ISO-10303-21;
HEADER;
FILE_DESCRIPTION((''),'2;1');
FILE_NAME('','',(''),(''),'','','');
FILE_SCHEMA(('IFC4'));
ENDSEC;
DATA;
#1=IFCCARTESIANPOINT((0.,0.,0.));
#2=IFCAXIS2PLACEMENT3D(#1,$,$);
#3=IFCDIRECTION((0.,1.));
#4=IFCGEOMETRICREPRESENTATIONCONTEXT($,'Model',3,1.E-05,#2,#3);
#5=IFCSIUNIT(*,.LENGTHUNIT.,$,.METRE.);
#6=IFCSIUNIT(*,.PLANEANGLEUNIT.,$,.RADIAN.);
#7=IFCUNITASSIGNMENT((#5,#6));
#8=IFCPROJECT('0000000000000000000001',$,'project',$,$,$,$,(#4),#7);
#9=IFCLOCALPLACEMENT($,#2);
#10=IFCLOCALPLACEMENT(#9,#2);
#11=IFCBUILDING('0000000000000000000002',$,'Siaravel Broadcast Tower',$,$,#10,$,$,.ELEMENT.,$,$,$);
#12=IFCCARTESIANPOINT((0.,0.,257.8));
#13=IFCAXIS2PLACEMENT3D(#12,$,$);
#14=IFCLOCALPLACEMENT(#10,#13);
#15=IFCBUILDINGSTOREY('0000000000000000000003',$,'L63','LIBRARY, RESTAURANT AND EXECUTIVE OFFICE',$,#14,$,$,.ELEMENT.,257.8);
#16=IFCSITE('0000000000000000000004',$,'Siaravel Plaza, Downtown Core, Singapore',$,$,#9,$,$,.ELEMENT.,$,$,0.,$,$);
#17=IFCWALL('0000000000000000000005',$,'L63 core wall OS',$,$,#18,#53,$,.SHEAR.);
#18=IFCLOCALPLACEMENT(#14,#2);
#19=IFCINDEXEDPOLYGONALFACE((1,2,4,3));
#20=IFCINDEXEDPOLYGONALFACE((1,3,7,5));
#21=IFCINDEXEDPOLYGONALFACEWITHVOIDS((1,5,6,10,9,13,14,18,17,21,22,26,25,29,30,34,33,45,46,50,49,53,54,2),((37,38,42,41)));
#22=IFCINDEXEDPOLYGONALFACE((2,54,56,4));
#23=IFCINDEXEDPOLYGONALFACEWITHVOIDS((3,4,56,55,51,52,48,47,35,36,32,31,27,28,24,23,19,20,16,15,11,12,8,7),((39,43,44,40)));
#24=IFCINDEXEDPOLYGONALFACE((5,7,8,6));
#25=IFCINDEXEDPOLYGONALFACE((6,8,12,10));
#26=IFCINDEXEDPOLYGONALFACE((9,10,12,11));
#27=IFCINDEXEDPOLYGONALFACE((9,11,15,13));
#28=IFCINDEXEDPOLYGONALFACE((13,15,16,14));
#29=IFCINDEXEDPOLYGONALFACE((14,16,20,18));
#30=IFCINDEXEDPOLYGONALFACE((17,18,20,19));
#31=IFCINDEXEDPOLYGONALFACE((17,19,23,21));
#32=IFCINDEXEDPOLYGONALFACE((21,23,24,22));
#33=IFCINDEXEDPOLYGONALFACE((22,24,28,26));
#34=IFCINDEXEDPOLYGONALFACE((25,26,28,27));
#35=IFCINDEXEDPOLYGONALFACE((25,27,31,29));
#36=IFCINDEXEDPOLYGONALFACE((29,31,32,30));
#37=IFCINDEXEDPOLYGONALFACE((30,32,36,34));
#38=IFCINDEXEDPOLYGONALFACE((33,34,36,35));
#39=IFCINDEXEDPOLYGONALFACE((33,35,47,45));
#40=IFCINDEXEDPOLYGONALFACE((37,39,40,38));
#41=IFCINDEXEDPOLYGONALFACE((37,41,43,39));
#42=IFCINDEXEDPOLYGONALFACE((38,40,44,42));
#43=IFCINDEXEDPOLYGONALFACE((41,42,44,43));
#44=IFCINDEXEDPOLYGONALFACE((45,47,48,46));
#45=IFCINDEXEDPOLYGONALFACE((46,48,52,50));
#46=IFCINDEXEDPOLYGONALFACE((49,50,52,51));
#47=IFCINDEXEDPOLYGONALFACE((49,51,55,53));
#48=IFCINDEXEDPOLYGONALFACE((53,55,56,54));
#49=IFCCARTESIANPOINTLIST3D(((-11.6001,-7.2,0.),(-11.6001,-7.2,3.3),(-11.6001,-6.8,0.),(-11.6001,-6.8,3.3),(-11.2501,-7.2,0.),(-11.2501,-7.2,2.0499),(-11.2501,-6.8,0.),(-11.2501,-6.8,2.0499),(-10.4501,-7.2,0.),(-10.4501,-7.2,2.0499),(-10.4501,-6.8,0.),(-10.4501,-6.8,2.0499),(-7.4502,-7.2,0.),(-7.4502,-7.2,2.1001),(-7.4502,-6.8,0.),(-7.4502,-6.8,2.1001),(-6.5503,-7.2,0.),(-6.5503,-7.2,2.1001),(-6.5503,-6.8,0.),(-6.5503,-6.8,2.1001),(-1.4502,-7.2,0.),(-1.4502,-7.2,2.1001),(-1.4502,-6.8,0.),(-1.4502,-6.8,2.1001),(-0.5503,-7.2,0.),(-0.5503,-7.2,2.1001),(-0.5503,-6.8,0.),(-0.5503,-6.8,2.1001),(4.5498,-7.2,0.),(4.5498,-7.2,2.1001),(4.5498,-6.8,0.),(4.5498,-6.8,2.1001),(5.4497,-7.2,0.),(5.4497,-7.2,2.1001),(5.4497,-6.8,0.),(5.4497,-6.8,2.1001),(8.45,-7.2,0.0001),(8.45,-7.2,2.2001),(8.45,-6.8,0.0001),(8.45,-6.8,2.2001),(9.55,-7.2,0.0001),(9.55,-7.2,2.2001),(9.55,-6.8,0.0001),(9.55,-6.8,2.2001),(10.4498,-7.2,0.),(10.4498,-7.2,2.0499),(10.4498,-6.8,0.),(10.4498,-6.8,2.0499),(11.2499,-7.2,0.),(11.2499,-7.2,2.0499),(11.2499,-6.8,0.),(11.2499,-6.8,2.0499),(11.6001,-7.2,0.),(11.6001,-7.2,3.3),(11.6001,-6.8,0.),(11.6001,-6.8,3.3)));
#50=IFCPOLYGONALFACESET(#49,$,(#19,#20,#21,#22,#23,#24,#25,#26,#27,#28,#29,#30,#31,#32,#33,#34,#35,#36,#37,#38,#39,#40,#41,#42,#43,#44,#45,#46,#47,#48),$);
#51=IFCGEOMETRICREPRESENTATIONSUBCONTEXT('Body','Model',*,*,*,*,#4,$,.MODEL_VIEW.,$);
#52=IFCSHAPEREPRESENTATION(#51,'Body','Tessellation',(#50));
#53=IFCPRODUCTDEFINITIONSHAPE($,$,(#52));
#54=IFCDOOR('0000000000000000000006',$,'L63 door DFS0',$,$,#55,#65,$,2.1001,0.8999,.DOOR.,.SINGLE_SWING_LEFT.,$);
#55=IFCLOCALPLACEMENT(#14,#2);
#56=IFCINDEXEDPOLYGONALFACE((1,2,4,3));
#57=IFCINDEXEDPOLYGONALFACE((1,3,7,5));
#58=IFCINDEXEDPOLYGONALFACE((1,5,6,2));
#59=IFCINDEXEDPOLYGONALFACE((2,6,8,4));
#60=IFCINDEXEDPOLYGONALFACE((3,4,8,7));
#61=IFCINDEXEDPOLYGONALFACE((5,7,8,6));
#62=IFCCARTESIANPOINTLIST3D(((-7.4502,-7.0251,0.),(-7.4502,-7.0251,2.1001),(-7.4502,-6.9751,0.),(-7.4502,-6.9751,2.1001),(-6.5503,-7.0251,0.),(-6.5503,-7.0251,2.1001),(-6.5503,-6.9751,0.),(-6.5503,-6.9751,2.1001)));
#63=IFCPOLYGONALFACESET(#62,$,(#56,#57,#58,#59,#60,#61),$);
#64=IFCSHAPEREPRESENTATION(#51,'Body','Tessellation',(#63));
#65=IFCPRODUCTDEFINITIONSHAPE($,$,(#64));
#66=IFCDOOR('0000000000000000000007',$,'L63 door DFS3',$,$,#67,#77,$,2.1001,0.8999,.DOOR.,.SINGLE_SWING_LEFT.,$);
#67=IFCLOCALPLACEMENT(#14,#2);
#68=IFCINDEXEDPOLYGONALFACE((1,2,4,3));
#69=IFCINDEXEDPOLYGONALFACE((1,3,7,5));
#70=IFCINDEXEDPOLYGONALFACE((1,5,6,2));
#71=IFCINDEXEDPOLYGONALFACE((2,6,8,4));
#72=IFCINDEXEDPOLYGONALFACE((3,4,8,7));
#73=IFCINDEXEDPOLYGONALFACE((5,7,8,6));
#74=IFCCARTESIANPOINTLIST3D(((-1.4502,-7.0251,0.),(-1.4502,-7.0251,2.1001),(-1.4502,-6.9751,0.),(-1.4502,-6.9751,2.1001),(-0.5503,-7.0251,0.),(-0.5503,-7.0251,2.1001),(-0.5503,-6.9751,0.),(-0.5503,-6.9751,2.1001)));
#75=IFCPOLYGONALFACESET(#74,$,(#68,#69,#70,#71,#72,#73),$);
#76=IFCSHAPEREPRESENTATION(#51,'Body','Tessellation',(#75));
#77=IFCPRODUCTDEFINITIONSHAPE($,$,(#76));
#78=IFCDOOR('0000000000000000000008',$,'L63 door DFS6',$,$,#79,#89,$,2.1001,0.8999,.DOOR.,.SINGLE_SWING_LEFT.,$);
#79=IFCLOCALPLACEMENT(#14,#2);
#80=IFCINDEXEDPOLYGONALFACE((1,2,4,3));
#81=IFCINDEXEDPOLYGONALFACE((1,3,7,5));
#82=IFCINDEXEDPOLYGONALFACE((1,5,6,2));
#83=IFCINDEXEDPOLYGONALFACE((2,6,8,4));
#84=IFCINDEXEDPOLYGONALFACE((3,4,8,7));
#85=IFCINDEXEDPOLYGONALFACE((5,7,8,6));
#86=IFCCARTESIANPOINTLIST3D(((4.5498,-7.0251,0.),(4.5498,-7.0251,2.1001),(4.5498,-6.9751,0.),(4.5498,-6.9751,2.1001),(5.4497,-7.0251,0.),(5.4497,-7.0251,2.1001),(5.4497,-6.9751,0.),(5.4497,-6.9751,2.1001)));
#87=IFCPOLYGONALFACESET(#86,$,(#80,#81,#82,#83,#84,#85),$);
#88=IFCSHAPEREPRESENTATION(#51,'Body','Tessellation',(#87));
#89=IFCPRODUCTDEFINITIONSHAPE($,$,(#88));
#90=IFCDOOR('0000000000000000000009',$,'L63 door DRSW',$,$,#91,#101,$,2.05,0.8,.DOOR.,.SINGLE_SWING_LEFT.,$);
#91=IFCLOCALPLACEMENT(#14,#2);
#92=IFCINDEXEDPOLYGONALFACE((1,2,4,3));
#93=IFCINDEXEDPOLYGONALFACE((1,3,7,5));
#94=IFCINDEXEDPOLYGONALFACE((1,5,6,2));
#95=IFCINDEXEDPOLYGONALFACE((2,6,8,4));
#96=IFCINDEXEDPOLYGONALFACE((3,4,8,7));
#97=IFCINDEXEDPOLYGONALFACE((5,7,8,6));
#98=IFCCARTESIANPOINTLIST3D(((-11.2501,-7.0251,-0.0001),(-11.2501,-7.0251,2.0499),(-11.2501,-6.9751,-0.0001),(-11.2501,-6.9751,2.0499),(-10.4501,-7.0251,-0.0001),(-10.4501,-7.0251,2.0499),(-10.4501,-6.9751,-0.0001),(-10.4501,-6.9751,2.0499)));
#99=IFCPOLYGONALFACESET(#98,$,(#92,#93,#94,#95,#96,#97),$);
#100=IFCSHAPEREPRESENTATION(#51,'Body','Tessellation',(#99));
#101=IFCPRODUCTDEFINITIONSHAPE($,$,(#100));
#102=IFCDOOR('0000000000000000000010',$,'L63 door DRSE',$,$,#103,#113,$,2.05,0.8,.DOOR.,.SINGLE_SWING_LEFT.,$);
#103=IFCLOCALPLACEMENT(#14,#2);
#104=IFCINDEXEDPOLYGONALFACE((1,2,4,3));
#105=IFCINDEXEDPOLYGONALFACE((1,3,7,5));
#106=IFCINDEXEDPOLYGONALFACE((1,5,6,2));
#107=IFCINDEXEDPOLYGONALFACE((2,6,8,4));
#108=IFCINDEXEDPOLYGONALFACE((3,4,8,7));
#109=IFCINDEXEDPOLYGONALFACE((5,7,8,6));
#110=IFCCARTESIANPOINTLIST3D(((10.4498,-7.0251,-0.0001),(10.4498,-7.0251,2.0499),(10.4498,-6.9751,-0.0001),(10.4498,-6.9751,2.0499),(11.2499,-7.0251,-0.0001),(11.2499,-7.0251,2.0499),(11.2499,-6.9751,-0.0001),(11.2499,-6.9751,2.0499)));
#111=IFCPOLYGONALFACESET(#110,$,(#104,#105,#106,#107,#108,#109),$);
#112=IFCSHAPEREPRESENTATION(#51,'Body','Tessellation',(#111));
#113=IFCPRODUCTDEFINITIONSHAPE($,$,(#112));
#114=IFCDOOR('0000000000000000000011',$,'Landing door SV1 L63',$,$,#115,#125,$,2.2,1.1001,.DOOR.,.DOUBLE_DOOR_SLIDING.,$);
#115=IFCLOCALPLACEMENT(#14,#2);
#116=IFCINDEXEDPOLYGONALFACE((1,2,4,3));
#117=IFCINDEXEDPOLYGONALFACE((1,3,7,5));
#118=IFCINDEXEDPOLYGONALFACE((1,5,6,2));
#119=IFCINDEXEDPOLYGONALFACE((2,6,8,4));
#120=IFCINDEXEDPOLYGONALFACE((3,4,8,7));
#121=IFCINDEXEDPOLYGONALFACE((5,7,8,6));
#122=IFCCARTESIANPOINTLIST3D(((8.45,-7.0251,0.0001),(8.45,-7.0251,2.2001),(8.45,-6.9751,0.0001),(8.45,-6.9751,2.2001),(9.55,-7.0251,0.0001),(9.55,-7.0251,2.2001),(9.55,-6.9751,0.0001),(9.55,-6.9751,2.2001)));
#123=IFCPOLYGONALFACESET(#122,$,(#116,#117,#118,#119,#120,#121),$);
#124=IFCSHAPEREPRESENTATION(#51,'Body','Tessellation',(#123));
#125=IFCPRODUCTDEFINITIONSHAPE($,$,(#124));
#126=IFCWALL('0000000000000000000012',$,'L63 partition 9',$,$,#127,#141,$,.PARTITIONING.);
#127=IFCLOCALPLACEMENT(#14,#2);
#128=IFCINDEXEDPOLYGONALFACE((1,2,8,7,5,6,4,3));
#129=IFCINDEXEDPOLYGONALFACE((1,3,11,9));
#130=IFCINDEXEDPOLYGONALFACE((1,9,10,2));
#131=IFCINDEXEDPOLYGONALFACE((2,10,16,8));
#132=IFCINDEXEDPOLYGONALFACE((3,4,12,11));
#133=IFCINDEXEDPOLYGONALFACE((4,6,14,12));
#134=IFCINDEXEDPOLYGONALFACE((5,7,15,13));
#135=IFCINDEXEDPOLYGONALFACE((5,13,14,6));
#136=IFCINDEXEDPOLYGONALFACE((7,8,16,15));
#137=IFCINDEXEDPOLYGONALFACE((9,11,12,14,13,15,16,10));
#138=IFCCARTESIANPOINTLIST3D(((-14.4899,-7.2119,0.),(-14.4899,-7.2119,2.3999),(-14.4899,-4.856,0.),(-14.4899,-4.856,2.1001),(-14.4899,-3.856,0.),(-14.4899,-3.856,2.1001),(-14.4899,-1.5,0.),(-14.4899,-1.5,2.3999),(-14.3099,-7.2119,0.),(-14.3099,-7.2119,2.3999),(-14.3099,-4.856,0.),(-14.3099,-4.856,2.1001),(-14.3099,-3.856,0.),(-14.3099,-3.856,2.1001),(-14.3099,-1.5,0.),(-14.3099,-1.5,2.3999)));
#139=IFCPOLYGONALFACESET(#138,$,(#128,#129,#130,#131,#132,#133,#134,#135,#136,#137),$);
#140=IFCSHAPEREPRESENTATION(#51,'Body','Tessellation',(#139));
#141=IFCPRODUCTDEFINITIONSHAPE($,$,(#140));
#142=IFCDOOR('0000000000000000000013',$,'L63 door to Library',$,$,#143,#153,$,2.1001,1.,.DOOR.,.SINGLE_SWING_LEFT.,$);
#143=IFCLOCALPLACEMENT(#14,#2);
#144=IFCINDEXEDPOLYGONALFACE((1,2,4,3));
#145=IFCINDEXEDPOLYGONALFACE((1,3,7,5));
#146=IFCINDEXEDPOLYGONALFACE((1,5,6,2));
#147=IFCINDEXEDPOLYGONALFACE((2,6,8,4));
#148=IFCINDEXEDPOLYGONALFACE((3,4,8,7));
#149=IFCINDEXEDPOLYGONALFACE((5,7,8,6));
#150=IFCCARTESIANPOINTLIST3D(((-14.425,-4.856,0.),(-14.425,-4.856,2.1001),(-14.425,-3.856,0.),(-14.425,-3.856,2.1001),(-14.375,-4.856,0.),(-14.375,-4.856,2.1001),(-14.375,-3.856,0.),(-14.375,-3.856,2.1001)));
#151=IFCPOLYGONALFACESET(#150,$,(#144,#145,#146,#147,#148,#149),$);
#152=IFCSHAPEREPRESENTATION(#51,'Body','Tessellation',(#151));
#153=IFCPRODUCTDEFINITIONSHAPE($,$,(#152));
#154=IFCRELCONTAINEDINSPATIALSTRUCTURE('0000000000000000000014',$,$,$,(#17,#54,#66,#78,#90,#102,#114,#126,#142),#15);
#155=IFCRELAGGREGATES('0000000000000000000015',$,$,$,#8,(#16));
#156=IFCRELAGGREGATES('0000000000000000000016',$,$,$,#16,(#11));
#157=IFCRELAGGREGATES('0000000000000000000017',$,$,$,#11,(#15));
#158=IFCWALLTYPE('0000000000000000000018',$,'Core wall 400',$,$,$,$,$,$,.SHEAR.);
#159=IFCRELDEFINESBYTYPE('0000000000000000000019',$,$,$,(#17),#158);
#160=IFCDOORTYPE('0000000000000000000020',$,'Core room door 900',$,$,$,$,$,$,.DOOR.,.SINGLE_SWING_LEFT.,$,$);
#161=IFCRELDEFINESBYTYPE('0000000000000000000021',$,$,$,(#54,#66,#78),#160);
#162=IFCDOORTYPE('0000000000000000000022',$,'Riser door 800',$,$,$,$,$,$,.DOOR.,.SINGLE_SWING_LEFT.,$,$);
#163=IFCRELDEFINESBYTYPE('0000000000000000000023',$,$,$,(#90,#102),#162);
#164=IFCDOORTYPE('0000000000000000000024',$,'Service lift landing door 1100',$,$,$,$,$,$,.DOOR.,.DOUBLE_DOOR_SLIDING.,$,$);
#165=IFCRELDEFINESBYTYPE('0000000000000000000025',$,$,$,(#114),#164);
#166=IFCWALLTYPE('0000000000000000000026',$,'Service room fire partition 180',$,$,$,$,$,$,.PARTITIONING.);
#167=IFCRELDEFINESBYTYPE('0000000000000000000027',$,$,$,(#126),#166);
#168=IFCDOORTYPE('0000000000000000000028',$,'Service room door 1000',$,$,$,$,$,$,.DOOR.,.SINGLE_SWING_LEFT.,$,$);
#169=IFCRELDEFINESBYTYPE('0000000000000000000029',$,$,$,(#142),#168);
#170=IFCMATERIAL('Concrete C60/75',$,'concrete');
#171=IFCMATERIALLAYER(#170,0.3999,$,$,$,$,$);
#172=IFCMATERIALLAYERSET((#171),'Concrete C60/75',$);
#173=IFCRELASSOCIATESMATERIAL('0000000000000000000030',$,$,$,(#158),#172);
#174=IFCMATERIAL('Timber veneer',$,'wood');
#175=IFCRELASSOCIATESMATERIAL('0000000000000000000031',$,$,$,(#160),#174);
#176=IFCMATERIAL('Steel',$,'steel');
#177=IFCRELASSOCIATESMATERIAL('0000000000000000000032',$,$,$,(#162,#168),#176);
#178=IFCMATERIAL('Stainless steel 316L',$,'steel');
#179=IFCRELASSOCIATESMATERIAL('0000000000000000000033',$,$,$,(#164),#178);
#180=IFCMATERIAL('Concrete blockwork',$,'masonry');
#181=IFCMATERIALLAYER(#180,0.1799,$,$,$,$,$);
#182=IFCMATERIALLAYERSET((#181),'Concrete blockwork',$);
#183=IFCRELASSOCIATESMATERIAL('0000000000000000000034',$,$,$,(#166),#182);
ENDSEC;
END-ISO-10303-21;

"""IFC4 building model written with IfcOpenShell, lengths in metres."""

from ifc_helpers import new_model, si_unit, direction, frame, frame_2d, origin, place, context, subcontext, project, spatial, rectangle, extrude, material, layer, layer_set, type_object, element, fill, save


model = new_model("IFC4")

# Units and contexts
model_context = context("Model", 3, precision=1e-05, world=origin(), true_north=direction((0.0, 1.0)))
body_context = subcontext(model_context, "Body", "Model", "MODEL_VIEW")
ifc_project = project(units=[si_unit("LENGTHUNIT", "METRE"), si_unit("PLANEANGLEUNIT", "RADIAN")], contexts=[model_context])

# Site, building, storey
site_placement = place(None, origin())
site = spatial("IfcSite", under=ifc_project, at=site_placement, Name="Siaravel Plaza, Downtown Core, Singapore", CompositionType="ELEMENT", RefElevation=0.0)
building_placement = place(site_placement, origin())
building = spatial("IfcBuilding", under=site, at=building_placement, Name="Siaravel Broadcast Tower", CompositionType="ELEMENT")
storey_placement = place(building_placement, frame((0.0, 0.0, 257.8)))
storey = spatial("IfcBuildingStorey", under=building, at=storey_placement, Name="L63", Description="LIBRARY, RESTAURANT AND EXECUTIVE OFFICE", CompositionType="ELEMENT", Elevation=257.8)

# Shared definitions
ifc_material_1 = material(Name="Concrete C60/75", Category="concrete")
ifc_layer_1 = layer(ifc_material_1, 0.3999)
ifc_layer_set_1 = layer_set([ifc_layer_1], Name="Concrete C60/75")
wall_type_1 = type_object("IfcWallType", Name="Core wall 400", PredefinedType="SHEAR", material=ifc_layer_set_1)
ifc_material_2 = material(Name="Steel", Category="steel")

# Wall, openings, doors
wall_1_placement = place(storey_placement, frame((-11.6001, -7.0, 0.0), z_axis=(0.0, 0.0, 1.0), x_axis=(1.0, 0.0, 0.0)))
wall_1 = element("IfcWall", 1, at=wall_1_placement, inside=storey, type_object=wall_type_1, Name="L63 core wall OS", PredefinedType="SHEAR", context=body_context, shape_type="SweptSolid", body=[
    extrude(rectangle(XDim=23.2002, YDim=0.3999, at=frame_2d((11.6001, 0.0))), origin(), (0.0, 0.0, 1.0), 3.3),
])
opening_1_placement = place(wall_1_placement, frame((20.05, 0.0, 0.0)))
opening_1 = element("IfcOpeningElement", 2, at=opening_1_placement, cuts=wall_1, PredefinedType="OPENING", context=body_context, shape_type="SweptSolid", body=[
    extrude(rectangle(XDim=1.1001, YDim=2.2, at=frame_2d((0.55, 1.1001))), frame((0.0, 0.21, 0.0), z_axis=(0.0, -1.0, 0.0), x_axis=(1.0, 0.0, 0.0)), (0.0, 0.0, 1.0), 0.4199),
])
opening_2_placement = place(wall_1_placement, frame((4.1499, 0.0, 0.0)))
opening_2 = element("IfcOpeningElement", 3, at=opening_2_placement, cuts=wall_1, PredefinedType="OPENING", context=body_context, shape_type="SweptSolid", body=[
    extrude(rectangle(XDim=0.8999, YDim=2.1001, at=frame_2d((0.45, 1.05))), frame((0.0, 0.21, 0.0), z_axis=(0.0, -1.0, 0.0), x_axis=(1.0, 0.0, 0.0)), (0.0, 0.0, 1.0), 0.4199),
])
opening_3_placement = place(wall_1_placement, frame((10.1499, 0.0, 0.0)))
opening_3 = element("IfcOpeningElement", 4, at=opening_3_placement, cuts=wall_1, PredefinedType="OPENING", context=body_context, shape_type="SweptSolid", body=[
    extrude(rectangle(XDim=0.8999, YDim=2.1001, at=frame_2d((0.45, 1.05))), frame((0.0, 0.21, 0.0), z_axis=(0.0, -1.0, 0.0), x_axis=(1.0, 0.0, 0.0)), (0.0, 0.0, 1.0), 0.4199),
])
opening_4_placement = place(wall_1_placement, frame((16.1499, 0.0, 0.0)))
opening_4 = element("IfcOpeningElement", 5, at=opening_4_placement, cuts=wall_1, PredefinedType="OPENING", context=body_context, shape_type="SweptSolid", body=[
    extrude(rectangle(XDim=0.8999, YDim=2.1001, at=frame_2d((0.45, 1.05))), frame((0.0, 0.21, 0.0), z_axis=(0.0, -1.0, 0.0), x_axis=(1.0, 0.0, 0.0)), (0.0, 0.0, 1.0), 0.4199),
])
opening_5_placement = place(wall_1_placement, frame((0.3501, 0.0, 0.0)))
opening_5 = element("IfcOpeningElement", 6, at=opening_5_placement, cuts=wall_1, PredefinedType="OPENING", context=body_context, shape_type="SweptSolid", body=[
    extrude(rectangle(XDim=0.8, YDim=2.05, at=frame_2d((0.3999, 1.0249))), frame((0.0, 0.21, 0.0), z_axis=(0.0, -1.0, 0.0), x_axis=(1.0, 0.0, 0.0)), (0.0, 0.0, 1.0), 0.4199),
])
opening_6_placement = place(wall_1_placement, frame((22.05, 0.0, 0.0)))
opening_6 = element("IfcOpeningElement", 7, at=opening_6_placement, cuts=wall_1, PredefinedType="OPENING", context=body_context, shape_type="SweptSolid", body=[
    extrude(rectangle(XDim=0.8, YDim=2.05, at=frame_2d((0.3999, 1.0249))), frame((0.0, 0.21, 0.0), z_axis=(0.0, -1.0, 0.0), x_axis=(1.0, 0.0, 0.0)), (0.0, 0.0, 1.0), 0.4199),
])
ifc_material_3 = material(Name="Timber veneer", Category="wood")
door_type_1 = type_object("IfcDoorType", Name="Core room door 900", OperationType="SINGLE_SWING_LEFT", PredefinedType="DOOR", material=ifc_material_3)
door_1_placement = place(opening_2_placement, origin())
door_1 = element("IfcDoor", 8, at=door_1_placement, inside=storey, type_object=door_type_1, Name="L63 door DFS0", OperationType="SINGLE_SWING_LEFT", OverallHeight=2.1001, OverallWidth=0.8999, PredefinedType="DOOR", context=body_context, shape_type="SweptSolid", body=[
    extrude(rectangle(XDim=0.8999, YDim=2.1001, at=frame_2d((0.45, 1.05))), frame((0.0, 0.0249, 0.0), z_axis=(0.0, -1.0, 0.0), x_axis=(1.0, 0.0, 0.0)), (0.0, 0.0, 1.0), 0.05),
])
fill(opening_2, door_1)
door_2_placement = place(opening_3_placement, origin())
door_2 = element("IfcDoor", 9, at=door_2_placement, inside=storey, type_object=door_type_1, Name="L63 door DFS3", OperationType="SINGLE_SWING_LEFT", OverallHeight=2.1001, OverallWidth=0.8999, PredefinedType="DOOR", context=body_context, shape_type="SweptSolid", body=[
    extrude(rectangle(XDim=0.8999, YDim=2.1001, at=frame_2d((0.45, 1.05))), frame((0.0, 0.0249, 0.0), z_axis=(0.0, -1.0, 0.0), x_axis=(1.0, 0.0, 0.0)), (0.0, 0.0, 1.0), 0.05),
])
fill(opening_3, door_2)
door_3_placement = place(opening_4_placement, origin())
door_3 = element("IfcDoor", 10, at=door_3_placement, inside=storey, type_object=door_type_1, Name="L63 door DFS6", OperationType="SINGLE_SWING_LEFT", OverallHeight=2.1001, OverallWidth=0.8999, PredefinedType="DOOR", context=body_context, shape_type="SweptSolid", body=[
    extrude(rectangle(XDim=0.8999, YDim=2.1001, at=frame_2d((0.45, 1.05))), frame((0.0, 0.0249, 0.0), z_axis=(0.0, -1.0, 0.0), x_axis=(1.0, 0.0, 0.0)), (0.0, 0.0, 1.0), 0.05),
])
fill(opening_4, door_3)
door_type_2 = type_object("IfcDoorType", Name="Riser door 800", OperationType="SINGLE_SWING_LEFT", PredefinedType="DOOR", material=ifc_material_2)
door_4_placement = place(opening_5_placement, origin())
door_4 = element("IfcDoor", 11, at=door_4_placement, inside=storey, type_object=door_type_2, Name="L63 door DRSW", OperationType="SINGLE_SWING_LEFT", OverallHeight=2.05, OverallWidth=0.8, PredefinedType="DOOR", context=body_context, shape_type="SweptSolid", body=[
    extrude(rectangle(XDim=0.8, YDim=2.05, at=frame_2d((0.3999, 1.0249))), frame((0.0, 0.0249, 0.0), z_axis=(0.0, -1.0, 0.0), x_axis=(1.0, 0.0, 0.0)), (0.0, 0.0, 1.0), 0.05),
])
fill(opening_5, door_4)
door_5_placement = place(opening_6_placement, origin())
door_5 = element("IfcDoor", 12, at=door_5_placement, inside=storey, type_object=door_type_2, Name="L63 door DRSE", OperationType="SINGLE_SWING_LEFT", OverallHeight=2.05, OverallWidth=0.8, PredefinedType="DOOR", context=body_context, shape_type="SweptSolid", body=[
    extrude(rectangle(XDim=0.8, YDim=2.05, at=frame_2d((0.3999, 1.0249))), frame((0.0, 0.0249, 0.0), z_axis=(0.0, -1.0, 0.0), x_axis=(1.0, 0.0, 0.0)), (0.0, 0.0, 1.0), 0.05),
])
fill(opening_6, door_5)
ifc_material_4 = material(Name="Stainless steel 316L", Category="steel")
door_type_3 = type_object("IfcDoorType", Name="Service lift landing door 1100", OperationType="DOUBLE_DOOR_SLIDING", PredefinedType="DOOR", material=ifc_material_4)
door_6_placement = place(opening_1_placement, origin())
door_6 = element("IfcDoor", 13, at=door_6_placement, inside=storey, type_object=door_type_3, Name="Landing door SV1 L63", OperationType="DOUBLE_DOOR_SLIDING", OverallHeight=2.2, OverallWidth=1.1001, PredefinedType="DOOR", context=body_context, shape_type="SweptSolid", body=[
    extrude(rectangle(XDim=1.1001, YDim=2.2, at=frame_2d((0.55, 1.1001))), frame((0.0, 0.0249, 0.0), z_axis=(0.0, -1.0, 0.0), x_axis=(1.0, 0.0, 0.0)), (0.0, 0.0, 1.0), 0.05),
])
fill(opening_1, door_6)

# Wall, opening, door
ifc_material_5 = material(Name="Concrete blockwork", Category="masonry")
ifc_layer_2 = layer(ifc_material_5, 0.1799)
ifc_layer_set_2 = layer_set([ifc_layer_2], Name="Concrete blockwork")
wall_type_2 = type_object("IfcWallType", Name="Service room fire partition 180", PredefinedType="PARTITIONING", material=ifc_layer_set_2)
wall_2_placement = place(storey_placement, frame((-14.3999, -1.5, 0.0), z_axis=(0.0, 0.0, 1.0), x_axis=(0.0, -1.0, 0.0)))
wall_2 = element("IfcWall", 14, at=wall_2_placement, inside=storey, type_object=wall_type_2, Name="L63 partition 9", PredefinedType="PARTITIONING", context=body_context, shape_type="SweptSolid", body=[
    extrude(rectangle(XDim=5.7119, YDim=0.1799, at=frame_2d((2.856, 0.0))), origin(), (0.0, 0.0, 1.0), 2.3999),
])
opening_7_placement = place(wall_2_placement, frame((2.356, 0.0, 0.0)))
opening_7 = element("IfcOpeningElement", 15, at=opening_7_placement, cuts=wall_2, PredefinedType="OPENING", context=body_context, shape_type="SweptSolid", body=[
    extrude(rectangle(XDim=1.0, YDim=2.1001, at=frame_2d((0.5, 1.05))), frame((0.0, 0.0999, 0.0), z_axis=(0.0, -1.0, 0.0), x_axis=(1.0, 0.0, 0.0)), (0.0, 0.0, 1.0), 0.2),
])
door_type_4 = type_object("IfcDoorType", Name="Service room door 1000", OperationType="SINGLE_SWING_LEFT", PredefinedType="DOOR", material=ifc_material_2)
door_7_placement = place(opening_7_placement, origin())
door_7 = element("IfcDoor", 16, at=door_7_placement, inside=storey, type_object=door_type_4, Name="L63 door to Library", OperationType="SINGLE_SWING_LEFT", OverallHeight=2.1001, OverallWidth=1.0, PredefinedType="DOOR", context=body_context, shape_type="SweptSolid", body=[
    extrude(rectangle(XDim=1.0, YDim=2.1001, at=frame_2d((0.5, 1.05))), frame((0.0, 0.0249, 0.0), z_axis=(0.0, -1.0, 0.0), x_axis=(1.0, 0.0, 0.0)), (0.0, 0.0, 1.0), 0.05),
])
fill(opening_7, door_7)

save(model, "model.ifc")
